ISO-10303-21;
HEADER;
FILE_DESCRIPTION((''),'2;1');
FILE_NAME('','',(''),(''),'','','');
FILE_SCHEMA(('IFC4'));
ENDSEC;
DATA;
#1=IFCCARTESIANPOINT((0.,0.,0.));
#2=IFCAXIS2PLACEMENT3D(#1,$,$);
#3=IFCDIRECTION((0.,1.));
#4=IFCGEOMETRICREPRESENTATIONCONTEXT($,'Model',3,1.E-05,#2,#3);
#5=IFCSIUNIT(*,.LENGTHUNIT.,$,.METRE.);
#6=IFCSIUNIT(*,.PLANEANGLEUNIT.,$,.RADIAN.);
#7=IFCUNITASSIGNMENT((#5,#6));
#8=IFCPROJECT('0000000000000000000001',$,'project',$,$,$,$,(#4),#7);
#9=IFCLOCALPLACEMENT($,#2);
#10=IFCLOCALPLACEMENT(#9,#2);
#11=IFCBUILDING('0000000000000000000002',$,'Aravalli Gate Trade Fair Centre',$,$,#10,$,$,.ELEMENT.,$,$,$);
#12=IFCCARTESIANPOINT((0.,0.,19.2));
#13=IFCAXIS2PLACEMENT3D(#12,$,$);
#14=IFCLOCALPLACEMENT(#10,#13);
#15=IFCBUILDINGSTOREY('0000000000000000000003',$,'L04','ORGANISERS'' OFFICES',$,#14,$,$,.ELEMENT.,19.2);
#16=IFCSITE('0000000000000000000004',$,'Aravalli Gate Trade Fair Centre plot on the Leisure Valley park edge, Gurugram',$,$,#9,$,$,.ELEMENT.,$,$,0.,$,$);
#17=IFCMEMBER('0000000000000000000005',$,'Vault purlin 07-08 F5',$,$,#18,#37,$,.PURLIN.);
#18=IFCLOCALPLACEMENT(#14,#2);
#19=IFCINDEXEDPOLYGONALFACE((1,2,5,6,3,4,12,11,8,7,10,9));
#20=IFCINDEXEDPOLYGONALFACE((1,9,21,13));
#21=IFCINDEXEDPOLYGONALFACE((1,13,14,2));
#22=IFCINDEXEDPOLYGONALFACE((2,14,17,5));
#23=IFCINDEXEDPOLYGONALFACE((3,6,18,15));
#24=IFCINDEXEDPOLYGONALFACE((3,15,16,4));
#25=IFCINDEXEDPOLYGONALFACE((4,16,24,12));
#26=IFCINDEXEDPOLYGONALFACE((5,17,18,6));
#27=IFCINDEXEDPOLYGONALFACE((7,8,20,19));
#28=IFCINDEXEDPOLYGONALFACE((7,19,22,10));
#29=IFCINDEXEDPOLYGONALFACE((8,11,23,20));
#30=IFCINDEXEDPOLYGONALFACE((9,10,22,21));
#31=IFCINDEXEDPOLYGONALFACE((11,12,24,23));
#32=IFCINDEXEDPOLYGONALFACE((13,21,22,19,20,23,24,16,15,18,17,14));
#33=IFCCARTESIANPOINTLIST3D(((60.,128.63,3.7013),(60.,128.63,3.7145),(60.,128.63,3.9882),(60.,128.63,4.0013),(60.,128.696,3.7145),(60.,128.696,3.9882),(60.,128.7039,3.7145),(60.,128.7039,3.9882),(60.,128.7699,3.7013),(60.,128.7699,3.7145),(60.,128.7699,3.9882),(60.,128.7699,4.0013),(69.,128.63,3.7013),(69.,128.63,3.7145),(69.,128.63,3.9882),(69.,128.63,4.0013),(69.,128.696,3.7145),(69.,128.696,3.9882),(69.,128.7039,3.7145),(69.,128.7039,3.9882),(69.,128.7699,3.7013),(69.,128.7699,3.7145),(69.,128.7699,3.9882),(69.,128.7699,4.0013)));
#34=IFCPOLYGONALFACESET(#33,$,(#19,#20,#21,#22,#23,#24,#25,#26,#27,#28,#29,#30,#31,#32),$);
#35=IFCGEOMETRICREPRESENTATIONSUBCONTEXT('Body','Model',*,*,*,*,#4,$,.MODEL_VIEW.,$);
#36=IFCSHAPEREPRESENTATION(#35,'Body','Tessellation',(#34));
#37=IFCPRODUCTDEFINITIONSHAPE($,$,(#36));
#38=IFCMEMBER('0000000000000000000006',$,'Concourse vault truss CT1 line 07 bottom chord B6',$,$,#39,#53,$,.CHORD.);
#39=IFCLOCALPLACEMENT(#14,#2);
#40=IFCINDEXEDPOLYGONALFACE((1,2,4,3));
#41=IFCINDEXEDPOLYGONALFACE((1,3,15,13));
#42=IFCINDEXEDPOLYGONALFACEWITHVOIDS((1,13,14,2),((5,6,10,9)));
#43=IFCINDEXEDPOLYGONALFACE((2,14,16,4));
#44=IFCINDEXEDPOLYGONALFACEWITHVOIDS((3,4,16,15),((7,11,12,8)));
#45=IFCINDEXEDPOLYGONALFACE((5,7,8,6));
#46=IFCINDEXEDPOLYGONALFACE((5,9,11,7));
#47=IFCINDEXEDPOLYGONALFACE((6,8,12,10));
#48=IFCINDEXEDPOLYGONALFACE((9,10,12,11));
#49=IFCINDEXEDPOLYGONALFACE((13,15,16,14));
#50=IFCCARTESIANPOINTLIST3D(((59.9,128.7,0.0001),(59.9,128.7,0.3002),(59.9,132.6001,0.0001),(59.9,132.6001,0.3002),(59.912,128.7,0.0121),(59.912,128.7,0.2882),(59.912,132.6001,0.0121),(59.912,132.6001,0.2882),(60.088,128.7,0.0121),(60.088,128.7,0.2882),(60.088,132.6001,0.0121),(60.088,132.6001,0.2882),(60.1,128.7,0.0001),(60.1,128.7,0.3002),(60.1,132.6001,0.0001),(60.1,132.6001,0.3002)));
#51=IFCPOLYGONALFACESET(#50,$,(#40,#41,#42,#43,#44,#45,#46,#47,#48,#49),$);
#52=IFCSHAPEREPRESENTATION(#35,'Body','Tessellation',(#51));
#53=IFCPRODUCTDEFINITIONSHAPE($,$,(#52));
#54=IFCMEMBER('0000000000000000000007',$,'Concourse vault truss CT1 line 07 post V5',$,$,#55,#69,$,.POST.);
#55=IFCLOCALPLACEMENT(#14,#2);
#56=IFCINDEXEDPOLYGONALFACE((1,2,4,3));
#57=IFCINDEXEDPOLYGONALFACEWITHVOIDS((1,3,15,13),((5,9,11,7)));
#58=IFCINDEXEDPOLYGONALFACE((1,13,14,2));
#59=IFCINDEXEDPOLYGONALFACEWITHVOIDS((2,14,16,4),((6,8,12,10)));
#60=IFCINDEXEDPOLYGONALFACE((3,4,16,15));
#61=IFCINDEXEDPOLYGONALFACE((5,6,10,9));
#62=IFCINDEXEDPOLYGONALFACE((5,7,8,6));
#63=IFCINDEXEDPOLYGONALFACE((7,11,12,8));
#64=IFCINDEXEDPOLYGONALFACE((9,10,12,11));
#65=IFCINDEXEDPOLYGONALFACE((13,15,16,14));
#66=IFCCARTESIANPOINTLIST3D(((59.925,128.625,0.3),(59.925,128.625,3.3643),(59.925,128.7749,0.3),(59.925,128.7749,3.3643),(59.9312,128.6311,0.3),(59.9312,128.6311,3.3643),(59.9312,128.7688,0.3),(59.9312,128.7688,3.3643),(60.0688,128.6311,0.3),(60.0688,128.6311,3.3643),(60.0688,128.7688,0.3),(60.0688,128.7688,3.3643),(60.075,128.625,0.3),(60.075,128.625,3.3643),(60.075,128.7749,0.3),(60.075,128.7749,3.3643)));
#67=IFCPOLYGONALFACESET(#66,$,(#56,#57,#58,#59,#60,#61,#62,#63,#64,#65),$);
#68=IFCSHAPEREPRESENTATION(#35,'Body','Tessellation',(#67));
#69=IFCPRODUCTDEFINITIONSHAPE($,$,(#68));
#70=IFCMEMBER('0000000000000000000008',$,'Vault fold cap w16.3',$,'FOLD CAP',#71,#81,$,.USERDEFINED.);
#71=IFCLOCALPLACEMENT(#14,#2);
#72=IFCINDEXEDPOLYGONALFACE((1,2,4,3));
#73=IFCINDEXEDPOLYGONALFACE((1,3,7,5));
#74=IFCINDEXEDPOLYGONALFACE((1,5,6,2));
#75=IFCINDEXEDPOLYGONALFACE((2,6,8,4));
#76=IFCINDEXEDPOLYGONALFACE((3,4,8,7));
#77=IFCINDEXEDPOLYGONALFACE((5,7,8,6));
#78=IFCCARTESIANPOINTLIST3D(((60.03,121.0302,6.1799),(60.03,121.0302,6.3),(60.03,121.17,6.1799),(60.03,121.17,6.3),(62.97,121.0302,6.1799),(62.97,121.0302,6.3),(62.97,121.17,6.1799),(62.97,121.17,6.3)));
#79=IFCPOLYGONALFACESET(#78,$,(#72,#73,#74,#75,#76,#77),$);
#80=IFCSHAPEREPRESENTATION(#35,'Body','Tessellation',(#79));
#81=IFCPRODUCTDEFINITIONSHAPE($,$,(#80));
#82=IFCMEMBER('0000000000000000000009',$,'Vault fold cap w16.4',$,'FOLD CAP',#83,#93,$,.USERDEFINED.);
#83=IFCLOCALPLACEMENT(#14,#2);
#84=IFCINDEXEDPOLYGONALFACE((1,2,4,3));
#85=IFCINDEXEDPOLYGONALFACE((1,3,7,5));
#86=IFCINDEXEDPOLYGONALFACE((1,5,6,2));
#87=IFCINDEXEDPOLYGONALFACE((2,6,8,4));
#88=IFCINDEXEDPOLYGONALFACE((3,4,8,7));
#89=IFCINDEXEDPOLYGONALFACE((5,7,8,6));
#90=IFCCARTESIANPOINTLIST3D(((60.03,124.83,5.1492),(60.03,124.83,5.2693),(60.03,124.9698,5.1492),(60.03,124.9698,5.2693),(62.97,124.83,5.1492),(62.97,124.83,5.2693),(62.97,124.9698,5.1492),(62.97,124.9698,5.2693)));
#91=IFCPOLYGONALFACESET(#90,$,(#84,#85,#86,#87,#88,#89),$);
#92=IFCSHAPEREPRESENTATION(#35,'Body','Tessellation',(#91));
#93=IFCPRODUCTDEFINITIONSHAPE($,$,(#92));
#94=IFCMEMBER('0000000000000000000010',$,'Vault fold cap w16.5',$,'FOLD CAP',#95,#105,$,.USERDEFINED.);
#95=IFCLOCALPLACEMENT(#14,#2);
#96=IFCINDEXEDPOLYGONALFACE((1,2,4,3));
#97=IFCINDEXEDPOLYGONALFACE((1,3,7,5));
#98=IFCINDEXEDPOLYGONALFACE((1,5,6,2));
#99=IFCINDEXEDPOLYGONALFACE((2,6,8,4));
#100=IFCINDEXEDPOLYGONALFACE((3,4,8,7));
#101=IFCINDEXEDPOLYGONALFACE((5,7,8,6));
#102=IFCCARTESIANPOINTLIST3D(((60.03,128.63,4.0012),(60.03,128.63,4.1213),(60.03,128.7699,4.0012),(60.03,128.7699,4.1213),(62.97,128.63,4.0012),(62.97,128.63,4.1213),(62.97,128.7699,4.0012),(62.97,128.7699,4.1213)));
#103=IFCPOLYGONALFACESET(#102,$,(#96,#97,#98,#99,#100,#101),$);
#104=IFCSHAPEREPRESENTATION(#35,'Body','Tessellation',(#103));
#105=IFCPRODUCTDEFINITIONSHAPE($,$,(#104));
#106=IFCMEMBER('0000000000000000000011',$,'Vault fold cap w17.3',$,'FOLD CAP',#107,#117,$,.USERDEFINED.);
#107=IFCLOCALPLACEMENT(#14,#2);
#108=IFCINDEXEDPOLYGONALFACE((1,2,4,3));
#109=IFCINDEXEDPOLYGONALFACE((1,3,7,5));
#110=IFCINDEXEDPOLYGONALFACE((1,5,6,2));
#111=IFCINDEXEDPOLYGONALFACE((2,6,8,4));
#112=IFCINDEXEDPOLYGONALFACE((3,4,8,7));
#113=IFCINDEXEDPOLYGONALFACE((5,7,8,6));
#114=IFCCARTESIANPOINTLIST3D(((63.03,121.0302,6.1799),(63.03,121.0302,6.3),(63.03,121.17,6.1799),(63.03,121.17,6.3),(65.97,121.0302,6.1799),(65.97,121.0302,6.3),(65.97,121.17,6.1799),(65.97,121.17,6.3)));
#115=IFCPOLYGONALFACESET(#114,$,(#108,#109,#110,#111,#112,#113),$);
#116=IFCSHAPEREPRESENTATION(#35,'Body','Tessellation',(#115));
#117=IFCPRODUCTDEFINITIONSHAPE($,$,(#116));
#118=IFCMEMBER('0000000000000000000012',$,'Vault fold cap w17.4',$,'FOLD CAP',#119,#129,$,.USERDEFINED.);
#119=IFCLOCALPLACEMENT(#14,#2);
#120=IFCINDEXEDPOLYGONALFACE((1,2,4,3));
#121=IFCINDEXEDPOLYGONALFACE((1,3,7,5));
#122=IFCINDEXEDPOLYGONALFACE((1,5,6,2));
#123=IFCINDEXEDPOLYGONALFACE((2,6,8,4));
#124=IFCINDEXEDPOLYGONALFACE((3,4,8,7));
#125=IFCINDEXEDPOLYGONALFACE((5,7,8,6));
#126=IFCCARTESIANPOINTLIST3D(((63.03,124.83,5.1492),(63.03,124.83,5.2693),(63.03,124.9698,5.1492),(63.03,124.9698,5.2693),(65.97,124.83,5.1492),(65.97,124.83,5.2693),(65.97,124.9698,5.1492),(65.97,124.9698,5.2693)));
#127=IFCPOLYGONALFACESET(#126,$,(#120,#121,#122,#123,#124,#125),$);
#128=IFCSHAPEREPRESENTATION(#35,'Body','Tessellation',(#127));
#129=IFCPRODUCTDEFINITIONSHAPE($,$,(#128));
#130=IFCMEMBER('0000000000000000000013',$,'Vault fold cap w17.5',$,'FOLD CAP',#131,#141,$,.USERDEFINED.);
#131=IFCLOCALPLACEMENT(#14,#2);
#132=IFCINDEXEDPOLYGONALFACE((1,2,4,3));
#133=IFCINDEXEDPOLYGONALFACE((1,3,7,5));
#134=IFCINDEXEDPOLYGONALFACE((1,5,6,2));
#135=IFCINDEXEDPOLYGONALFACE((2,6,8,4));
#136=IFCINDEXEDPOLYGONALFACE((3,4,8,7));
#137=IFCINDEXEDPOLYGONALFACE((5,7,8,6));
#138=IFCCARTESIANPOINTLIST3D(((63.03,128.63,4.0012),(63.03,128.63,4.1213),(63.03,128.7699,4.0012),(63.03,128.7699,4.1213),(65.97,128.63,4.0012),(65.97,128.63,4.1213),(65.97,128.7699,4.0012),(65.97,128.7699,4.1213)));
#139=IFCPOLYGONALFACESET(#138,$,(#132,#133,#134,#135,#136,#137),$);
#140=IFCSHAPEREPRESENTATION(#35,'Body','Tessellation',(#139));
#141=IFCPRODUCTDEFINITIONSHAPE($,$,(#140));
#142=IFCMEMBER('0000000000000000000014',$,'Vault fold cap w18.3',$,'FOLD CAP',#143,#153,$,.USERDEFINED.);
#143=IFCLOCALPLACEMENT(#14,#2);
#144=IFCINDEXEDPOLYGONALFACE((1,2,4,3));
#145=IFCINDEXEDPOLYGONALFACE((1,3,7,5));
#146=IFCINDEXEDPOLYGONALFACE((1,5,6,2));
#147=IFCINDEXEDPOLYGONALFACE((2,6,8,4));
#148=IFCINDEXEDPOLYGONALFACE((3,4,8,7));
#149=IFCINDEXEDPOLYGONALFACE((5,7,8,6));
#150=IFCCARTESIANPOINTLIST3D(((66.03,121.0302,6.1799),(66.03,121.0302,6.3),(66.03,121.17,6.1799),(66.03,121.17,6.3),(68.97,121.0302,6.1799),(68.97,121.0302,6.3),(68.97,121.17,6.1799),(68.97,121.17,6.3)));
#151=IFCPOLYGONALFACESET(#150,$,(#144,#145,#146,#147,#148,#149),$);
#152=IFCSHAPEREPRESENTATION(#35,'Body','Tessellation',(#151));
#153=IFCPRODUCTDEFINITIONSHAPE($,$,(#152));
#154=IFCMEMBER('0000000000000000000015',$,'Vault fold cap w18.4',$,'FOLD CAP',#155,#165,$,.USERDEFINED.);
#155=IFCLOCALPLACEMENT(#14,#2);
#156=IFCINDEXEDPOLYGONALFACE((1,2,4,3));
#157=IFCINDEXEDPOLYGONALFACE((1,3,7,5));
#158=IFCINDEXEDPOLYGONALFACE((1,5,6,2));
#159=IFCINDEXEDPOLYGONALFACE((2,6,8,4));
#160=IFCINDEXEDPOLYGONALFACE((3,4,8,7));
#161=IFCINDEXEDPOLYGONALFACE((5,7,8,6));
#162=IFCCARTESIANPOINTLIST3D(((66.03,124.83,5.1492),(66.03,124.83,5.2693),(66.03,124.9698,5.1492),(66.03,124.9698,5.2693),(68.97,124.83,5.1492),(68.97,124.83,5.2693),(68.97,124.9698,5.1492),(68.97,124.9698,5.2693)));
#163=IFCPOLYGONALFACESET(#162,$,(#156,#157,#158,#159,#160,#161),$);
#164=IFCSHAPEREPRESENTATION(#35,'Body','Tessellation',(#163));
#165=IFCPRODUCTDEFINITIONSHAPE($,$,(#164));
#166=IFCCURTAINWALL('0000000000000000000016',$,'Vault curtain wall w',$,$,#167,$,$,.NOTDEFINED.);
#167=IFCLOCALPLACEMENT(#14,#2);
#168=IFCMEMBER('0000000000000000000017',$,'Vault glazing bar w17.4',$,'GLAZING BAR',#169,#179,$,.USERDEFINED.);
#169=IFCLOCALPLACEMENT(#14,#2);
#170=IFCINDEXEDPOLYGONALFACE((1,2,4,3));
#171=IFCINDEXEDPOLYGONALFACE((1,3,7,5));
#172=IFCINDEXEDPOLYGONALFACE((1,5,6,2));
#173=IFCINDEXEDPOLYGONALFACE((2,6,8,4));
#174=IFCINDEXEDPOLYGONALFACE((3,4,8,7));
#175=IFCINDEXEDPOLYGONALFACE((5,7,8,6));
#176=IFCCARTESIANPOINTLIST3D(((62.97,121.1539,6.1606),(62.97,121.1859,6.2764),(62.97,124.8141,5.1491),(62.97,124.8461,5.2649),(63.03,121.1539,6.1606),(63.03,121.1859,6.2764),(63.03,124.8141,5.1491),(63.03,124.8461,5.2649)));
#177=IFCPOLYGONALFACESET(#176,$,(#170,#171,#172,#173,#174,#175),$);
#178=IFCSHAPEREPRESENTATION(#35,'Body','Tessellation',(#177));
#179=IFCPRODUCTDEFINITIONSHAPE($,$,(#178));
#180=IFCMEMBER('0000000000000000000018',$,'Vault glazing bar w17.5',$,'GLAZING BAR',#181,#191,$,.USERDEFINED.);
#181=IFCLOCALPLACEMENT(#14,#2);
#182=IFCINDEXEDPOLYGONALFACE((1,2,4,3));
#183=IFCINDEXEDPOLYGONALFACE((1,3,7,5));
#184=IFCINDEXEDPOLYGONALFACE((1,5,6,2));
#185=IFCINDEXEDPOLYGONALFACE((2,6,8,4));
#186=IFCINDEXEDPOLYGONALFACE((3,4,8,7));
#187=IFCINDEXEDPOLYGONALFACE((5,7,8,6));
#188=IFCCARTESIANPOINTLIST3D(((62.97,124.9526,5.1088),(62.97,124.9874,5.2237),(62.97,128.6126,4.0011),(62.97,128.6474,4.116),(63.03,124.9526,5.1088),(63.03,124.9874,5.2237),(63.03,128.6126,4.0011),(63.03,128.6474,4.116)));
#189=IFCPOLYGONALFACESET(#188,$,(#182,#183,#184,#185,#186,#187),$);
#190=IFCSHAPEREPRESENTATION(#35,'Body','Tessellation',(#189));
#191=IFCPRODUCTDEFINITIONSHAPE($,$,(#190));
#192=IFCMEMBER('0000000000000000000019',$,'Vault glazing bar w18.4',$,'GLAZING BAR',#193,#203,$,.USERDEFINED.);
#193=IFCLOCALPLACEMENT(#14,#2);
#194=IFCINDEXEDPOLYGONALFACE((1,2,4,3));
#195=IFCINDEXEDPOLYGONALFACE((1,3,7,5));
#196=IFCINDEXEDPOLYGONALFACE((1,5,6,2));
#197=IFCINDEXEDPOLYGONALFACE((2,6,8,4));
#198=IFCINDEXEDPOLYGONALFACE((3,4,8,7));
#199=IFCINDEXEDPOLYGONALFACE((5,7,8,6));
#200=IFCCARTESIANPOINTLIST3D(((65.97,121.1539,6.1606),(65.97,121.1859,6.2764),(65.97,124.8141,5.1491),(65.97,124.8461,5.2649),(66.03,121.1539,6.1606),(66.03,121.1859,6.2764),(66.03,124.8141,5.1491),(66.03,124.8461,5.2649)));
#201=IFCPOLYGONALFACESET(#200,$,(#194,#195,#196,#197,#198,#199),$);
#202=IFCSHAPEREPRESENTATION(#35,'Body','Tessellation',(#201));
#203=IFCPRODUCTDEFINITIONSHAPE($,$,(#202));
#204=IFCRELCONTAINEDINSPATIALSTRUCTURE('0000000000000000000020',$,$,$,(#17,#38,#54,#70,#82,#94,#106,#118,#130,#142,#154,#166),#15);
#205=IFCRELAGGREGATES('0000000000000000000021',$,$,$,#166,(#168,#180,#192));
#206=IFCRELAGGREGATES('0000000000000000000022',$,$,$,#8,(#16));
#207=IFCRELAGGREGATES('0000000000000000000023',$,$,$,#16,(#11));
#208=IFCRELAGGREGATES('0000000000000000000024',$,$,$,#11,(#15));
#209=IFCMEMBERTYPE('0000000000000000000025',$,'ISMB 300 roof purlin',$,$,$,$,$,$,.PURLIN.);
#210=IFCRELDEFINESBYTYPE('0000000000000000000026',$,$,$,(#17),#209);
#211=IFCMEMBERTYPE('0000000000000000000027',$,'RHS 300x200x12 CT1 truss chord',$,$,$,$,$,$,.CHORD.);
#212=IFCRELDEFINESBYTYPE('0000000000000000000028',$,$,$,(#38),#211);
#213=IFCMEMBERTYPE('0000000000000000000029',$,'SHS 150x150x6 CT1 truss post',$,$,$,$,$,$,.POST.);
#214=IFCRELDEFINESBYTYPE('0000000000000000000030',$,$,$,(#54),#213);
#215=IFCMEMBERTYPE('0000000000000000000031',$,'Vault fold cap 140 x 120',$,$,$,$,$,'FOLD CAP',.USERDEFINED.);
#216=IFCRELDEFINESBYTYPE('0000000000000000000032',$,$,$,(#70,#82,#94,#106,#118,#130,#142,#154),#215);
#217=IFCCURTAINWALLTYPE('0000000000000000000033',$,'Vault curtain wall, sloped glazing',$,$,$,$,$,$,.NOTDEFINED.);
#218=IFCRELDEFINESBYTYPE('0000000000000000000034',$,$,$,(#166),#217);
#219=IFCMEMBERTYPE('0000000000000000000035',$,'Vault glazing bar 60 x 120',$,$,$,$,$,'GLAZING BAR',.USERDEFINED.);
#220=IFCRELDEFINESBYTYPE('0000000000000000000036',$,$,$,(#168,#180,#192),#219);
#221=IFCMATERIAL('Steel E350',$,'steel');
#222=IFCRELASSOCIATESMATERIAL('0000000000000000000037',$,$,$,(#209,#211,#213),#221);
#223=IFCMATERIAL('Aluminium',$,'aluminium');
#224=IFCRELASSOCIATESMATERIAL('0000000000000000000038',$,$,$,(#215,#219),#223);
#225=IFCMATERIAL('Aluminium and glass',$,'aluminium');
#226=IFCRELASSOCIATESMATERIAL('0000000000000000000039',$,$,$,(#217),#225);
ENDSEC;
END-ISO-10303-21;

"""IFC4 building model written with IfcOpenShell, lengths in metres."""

from ifc_helpers import new_model, si_unit, direction, frame, origin, origin_2d, place, context, subcontext, project, spatial, rectangle, hollow_rectangle, i_section, extrude, material, material_profile, profile_set, type_object, element, aggregate, save


model = new_model("IFC4")

# Units and contexts
model_context = context("Model", 3, precision=1e-05, world=origin(), true_north=direction((0.0, 1.0)))
body_context = subcontext(model_context, "Body", "Model", "MODEL_VIEW")
ifc_project = project(units=[si_unit("LENGTHUNIT", "METRE"), si_unit("PLANEANGLEUNIT", "RADIAN")], contexts=[model_context])

# Site, building, storey
site_placement = place(None, origin())
site = spatial("IfcSite", under=ifc_project, at=site_placement, Name="Aravalli Gate Trade Fair Centre plot on the Leisure Valley park edge, Gurugram", CompositionType="ELEMENT", RefElevation=0.0)
building_placement = place(site_placement, origin())
building = spatial("IfcBuilding", under=site, at=building_placement, Name="Aravalli Gate Trade Fair Centre", CompositionType="ELEMENT")
storey_placement = place(building_placement, frame((0.0, 0.0, 19.2)))
storey = spatial("IfcBuildingStorey", under=building, at=storey_placement, Name="L04", Description="ORGANISERS' OFFICES", CompositionType="ELEMENT", Elevation=19.2)

# Members
ifc_material_1 = material(Name="Steel E350", Category="steel")
ifc_material_profile_1 = material_profile(ifc_material_1, i_section(OverallWidth=0.1399, OverallDepth=0.3, WebThickness=0.0078, FlangeThickness=0.0132, at=origin_2d()), Name="ISMB 300")
ifc_profile_set_1 = profile_set([ifc_material_profile_1], Name="Steel E350")
member_type_1 = type_object("IfcMemberType", Name="ISMB 300 roof purlin", PredefinedType="PURLIN", material=ifc_profile_set_1)
member_1_placement = place(storey_placement, frame((60.0, 128.7, 3.8513), z_axis=(1.0, 0.0, 0.0), x_axis=(0.0, 1.0, 0.0)))
element("IfcMember", 1, at=member_1_placement, inside=storey, type_object=member_type_1, Name="Vault purlin 07-08 F5", PredefinedType="PURLIN", context=body_context, shape_type="SweptSolid", body=[
    extrude(i_section(OverallWidth=0.1399, OverallDepth=0.3, WebThickness=0.0078, FlangeThickness=0.0132, at=origin_2d()), origin(), (0.0, 0.0, 1.0), 9.0),
])
ifc_material_profile_2 = material_profile(ifc_material_1, hollow_rectangle(XDim=0.2, YDim=0.3, WallThickness=0.012, at=origin_2d()), Name="RHS 300x200x12")
ifc_profile_set_2 = profile_set([ifc_material_profile_2], Name="Steel E350")
member_type_2 = type_object("IfcMemberType", Name="RHS 300x200x12 CT1 truss chord", PredefinedType="CHORD", material=ifc_profile_set_2)
member_2_placement = place(storey_placement, frame((60.0, 128.7, 0.1501), z_axis=(0.0, 1.0, 0.0), x_axis=(-1.0, 0.0, 0.0)))
element("IfcMember", 2, at=member_2_placement, inside=storey, type_object=member_type_2, Name="Concourse vault truss CT1 line 07 bottom chord B6", PredefinedType="CHORD", context=body_context, shape_type="SweptSolid", body=[
    extrude(hollow_rectangle(XDim=0.2, YDim=0.3, WallThickness=0.012, at=origin_2d()), origin(), (0.0, 0.0, 1.0), 3.9001),
])
ifc_material_profile_3 = material_profile(ifc_material_1, hollow_rectangle(XDim=0.1499, YDim=0.1499, WallThickness=0.0061, at=origin_2d()), Name="SHS 150x150x6")
ifc_profile_set_3 = profile_set([ifc_material_profile_3], Name="Steel E350")
member_type_3 = type_object("IfcMemberType", Name="SHS 150x150x6 CT1 truss post", PredefinedType="POST", material=ifc_profile_set_3)
member_3_placement = place(storey_placement, frame((60.0, 128.7, 0.3), z_axis=(0.0, 0.0, 1.0), x_axis=(1.0, 0.0, 0.0)))
element("IfcMember", 3, at=member_3_placement, inside=storey, type_object=member_type_3, Name="Concourse vault truss CT1 line 07 post V5", PredefinedType="POST", context=body_context, shape_type="SweptSolid", body=[
    extrude(hollow_rectangle(XDim=0.1499, YDim=0.1499, WallThickness=0.0061, at=origin_2d()), origin(), (0.0, 0.0, 1.0), 3.0642),
])
ifc_material_2 = material(Name="Aluminium", Category="aluminium")
ifc_material_profile_4 = material_profile(ifc_material_2, rectangle(XDim=0.1399, YDim=0.1201, at=origin_2d()), Name="Vault fold cap 140 x 120")
ifc_profile_set_4 = profile_set([ifc_material_profile_4], Name="Aluminium")
member_type_4 = type_object("IfcMemberType", Name="Vault fold cap 140 x 120", ElementType="FOLD CAP", PredefinedType="USERDEFINED", material=ifc_profile_set_4)
for number, where, z_axis, x_axis, name in (
    (4, (60.03, 121.1001, 6.24), (1.0, 0.0, 0.0), (0.0, 1.0, 0.0), "Vault fold cap w16.3"),
    (5, (60.03, 124.8999, 5.2092), (1.0, 0.0, 0.0), (0.0, 1.0, 0.0), "Vault fold cap w16.4"),
    (6, (60.03, 128.7, 4.0613), (1.0, 0.0, 0.0), (0.0, 1.0, 0.0), "Vault fold cap w16.5"),
    (7, (63.03, 121.1001, 6.24), (1.0, 0.0, 0.0), (0.0, 1.0, 0.0), "Vault fold cap w17.3"),
    (8, (63.03, 124.8999, 5.2092), (1.0, 0.0, 0.0), (0.0, 1.0, 0.0), "Vault fold cap w17.4"),
    (9, (63.03, 128.7, 4.0613), (1.0, 0.0, 0.0), (0.0, 1.0, 0.0), "Vault fold cap w17.5"),
    (10, (66.03, 121.1001, 6.24), (1.0, 0.0, 0.0), (0.0, 1.0, 0.0), "Vault fold cap w18.3"),
    (11, (66.03, 124.8999, 5.2092), (1.0, 0.0, 0.0), (0.0, 1.0, 0.0), "Vault fold cap w18.4"),
):
    element("IfcMember", number, at=place(storey_placement, frame(where, z_axis=z_axis, x_axis=x_axis)), inside=storey, type_object=member_type_4, Name=name, ObjectType="FOLD CAP", PredefinedType="USERDEFINED", context=body_context, shape_type="SweptSolid", body=[
        extrude(rectangle(XDim=0.1399, YDim=0.1201, at=origin_2d()), origin(), (0.0, 0.0, 1.0), 2.9399),
    ])

# Curtain wall, members
ifc_material_3 = material(Name="Aluminium and glass", Category="aluminium")
curtain_wall_type = type_object("IfcCurtainWallType", Name="Vault curtain wall, sloped glazing", PredefinedType="NOTDEFINED", material=ifc_material_3)
curtain_wall_placement = place(storey_placement, origin())
curtain_wall = element("IfcCurtainWall", 12, at=curtain_wall_placement, inside=storey, type_object=curtain_wall_type, Name="Vault curtain wall w", PredefinedType="NOTDEFINED")
ifc_material_profile_5 = material_profile(ifc_material_2, rectangle(XDim=0.0601, YDim=0.1201, at=origin_2d()), Name="Vault glazing bar 60 x 120")
ifc_profile_set_5 = profile_set([ifc_material_profile_5], Name="Aluminium")
member_type_5 = type_object("IfcMemberType", Name="Vault glazing bar 60 x 120", ElementType="GLAZING BAR", PredefinedType="USERDEFINED", material=ifc_profile_set_5)
member_4_placement = place(storey_placement, frame((63.0, 121.1699, 6.2185), z_axis=(0.0, 0.963873, -0.266364), x_axis=(-1.0, 0.0, 0.0)))
member_4 = element("IfcMember", 13, at=member_4_placement, type_object=member_type_5, Name="Vault glazing bar w17.4", ObjectType="GLAZING BAR", PredefinedType="USERDEFINED", context=body_context, shape_type="SweptSolid", body=[
    extrude(rectangle(XDim=0.0601, YDim=0.1201, at=origin_2d()), origin(), (0.0, 0.0, 1.0), 3.7974),
])
member_5_placement = place(storey_placement, frame((63.0, 124.97, 5.1663), z_axis=(0.0, 0.957126, -0.289672), x_axis=(-1.0, 0.0, 0.0)))
member_5 = element("IfcMember", 14, at=member_5_placement, type_object=member_type_5, Name="Vault glazing bar w17.5", ObjectType="GLAZING BAR", PredefinedType="USERDEFINED", context=body_context, shape_type="SweptSolid", body=[
    extrude(rectangle(XDim=0.0601, YDim=0.1201, at=origin_2d()), origin(), (0.0, 0.0, 1.0), 3.824),
])
member_6_placement = place(storey_placement, frame((66.0, 121.1699, 6.2185), z_axis=(0.0, 0.963873, -0.266364), x_axis=(-1.0, 0.0, 0.0)))
member_6 = element("IfcMember", 15, at=member_6_placement, type_object=member_type_5, Name="Vault glazing bar w18.4", ObjectType="GLAZING BAR", PredefinedType="USERDEFINED", context=body_context, shape_type="SweptSolid", body=[
    extrude(rectangle(XDim=0.0601, YDim=0.1201, at=origin_2d()), origin(), (0.0, 0.0, 1.0), 3.7974),
])
aggregate(curtain_wall, [member_4, member_5, member_6])

save(model, "model.ifc")
